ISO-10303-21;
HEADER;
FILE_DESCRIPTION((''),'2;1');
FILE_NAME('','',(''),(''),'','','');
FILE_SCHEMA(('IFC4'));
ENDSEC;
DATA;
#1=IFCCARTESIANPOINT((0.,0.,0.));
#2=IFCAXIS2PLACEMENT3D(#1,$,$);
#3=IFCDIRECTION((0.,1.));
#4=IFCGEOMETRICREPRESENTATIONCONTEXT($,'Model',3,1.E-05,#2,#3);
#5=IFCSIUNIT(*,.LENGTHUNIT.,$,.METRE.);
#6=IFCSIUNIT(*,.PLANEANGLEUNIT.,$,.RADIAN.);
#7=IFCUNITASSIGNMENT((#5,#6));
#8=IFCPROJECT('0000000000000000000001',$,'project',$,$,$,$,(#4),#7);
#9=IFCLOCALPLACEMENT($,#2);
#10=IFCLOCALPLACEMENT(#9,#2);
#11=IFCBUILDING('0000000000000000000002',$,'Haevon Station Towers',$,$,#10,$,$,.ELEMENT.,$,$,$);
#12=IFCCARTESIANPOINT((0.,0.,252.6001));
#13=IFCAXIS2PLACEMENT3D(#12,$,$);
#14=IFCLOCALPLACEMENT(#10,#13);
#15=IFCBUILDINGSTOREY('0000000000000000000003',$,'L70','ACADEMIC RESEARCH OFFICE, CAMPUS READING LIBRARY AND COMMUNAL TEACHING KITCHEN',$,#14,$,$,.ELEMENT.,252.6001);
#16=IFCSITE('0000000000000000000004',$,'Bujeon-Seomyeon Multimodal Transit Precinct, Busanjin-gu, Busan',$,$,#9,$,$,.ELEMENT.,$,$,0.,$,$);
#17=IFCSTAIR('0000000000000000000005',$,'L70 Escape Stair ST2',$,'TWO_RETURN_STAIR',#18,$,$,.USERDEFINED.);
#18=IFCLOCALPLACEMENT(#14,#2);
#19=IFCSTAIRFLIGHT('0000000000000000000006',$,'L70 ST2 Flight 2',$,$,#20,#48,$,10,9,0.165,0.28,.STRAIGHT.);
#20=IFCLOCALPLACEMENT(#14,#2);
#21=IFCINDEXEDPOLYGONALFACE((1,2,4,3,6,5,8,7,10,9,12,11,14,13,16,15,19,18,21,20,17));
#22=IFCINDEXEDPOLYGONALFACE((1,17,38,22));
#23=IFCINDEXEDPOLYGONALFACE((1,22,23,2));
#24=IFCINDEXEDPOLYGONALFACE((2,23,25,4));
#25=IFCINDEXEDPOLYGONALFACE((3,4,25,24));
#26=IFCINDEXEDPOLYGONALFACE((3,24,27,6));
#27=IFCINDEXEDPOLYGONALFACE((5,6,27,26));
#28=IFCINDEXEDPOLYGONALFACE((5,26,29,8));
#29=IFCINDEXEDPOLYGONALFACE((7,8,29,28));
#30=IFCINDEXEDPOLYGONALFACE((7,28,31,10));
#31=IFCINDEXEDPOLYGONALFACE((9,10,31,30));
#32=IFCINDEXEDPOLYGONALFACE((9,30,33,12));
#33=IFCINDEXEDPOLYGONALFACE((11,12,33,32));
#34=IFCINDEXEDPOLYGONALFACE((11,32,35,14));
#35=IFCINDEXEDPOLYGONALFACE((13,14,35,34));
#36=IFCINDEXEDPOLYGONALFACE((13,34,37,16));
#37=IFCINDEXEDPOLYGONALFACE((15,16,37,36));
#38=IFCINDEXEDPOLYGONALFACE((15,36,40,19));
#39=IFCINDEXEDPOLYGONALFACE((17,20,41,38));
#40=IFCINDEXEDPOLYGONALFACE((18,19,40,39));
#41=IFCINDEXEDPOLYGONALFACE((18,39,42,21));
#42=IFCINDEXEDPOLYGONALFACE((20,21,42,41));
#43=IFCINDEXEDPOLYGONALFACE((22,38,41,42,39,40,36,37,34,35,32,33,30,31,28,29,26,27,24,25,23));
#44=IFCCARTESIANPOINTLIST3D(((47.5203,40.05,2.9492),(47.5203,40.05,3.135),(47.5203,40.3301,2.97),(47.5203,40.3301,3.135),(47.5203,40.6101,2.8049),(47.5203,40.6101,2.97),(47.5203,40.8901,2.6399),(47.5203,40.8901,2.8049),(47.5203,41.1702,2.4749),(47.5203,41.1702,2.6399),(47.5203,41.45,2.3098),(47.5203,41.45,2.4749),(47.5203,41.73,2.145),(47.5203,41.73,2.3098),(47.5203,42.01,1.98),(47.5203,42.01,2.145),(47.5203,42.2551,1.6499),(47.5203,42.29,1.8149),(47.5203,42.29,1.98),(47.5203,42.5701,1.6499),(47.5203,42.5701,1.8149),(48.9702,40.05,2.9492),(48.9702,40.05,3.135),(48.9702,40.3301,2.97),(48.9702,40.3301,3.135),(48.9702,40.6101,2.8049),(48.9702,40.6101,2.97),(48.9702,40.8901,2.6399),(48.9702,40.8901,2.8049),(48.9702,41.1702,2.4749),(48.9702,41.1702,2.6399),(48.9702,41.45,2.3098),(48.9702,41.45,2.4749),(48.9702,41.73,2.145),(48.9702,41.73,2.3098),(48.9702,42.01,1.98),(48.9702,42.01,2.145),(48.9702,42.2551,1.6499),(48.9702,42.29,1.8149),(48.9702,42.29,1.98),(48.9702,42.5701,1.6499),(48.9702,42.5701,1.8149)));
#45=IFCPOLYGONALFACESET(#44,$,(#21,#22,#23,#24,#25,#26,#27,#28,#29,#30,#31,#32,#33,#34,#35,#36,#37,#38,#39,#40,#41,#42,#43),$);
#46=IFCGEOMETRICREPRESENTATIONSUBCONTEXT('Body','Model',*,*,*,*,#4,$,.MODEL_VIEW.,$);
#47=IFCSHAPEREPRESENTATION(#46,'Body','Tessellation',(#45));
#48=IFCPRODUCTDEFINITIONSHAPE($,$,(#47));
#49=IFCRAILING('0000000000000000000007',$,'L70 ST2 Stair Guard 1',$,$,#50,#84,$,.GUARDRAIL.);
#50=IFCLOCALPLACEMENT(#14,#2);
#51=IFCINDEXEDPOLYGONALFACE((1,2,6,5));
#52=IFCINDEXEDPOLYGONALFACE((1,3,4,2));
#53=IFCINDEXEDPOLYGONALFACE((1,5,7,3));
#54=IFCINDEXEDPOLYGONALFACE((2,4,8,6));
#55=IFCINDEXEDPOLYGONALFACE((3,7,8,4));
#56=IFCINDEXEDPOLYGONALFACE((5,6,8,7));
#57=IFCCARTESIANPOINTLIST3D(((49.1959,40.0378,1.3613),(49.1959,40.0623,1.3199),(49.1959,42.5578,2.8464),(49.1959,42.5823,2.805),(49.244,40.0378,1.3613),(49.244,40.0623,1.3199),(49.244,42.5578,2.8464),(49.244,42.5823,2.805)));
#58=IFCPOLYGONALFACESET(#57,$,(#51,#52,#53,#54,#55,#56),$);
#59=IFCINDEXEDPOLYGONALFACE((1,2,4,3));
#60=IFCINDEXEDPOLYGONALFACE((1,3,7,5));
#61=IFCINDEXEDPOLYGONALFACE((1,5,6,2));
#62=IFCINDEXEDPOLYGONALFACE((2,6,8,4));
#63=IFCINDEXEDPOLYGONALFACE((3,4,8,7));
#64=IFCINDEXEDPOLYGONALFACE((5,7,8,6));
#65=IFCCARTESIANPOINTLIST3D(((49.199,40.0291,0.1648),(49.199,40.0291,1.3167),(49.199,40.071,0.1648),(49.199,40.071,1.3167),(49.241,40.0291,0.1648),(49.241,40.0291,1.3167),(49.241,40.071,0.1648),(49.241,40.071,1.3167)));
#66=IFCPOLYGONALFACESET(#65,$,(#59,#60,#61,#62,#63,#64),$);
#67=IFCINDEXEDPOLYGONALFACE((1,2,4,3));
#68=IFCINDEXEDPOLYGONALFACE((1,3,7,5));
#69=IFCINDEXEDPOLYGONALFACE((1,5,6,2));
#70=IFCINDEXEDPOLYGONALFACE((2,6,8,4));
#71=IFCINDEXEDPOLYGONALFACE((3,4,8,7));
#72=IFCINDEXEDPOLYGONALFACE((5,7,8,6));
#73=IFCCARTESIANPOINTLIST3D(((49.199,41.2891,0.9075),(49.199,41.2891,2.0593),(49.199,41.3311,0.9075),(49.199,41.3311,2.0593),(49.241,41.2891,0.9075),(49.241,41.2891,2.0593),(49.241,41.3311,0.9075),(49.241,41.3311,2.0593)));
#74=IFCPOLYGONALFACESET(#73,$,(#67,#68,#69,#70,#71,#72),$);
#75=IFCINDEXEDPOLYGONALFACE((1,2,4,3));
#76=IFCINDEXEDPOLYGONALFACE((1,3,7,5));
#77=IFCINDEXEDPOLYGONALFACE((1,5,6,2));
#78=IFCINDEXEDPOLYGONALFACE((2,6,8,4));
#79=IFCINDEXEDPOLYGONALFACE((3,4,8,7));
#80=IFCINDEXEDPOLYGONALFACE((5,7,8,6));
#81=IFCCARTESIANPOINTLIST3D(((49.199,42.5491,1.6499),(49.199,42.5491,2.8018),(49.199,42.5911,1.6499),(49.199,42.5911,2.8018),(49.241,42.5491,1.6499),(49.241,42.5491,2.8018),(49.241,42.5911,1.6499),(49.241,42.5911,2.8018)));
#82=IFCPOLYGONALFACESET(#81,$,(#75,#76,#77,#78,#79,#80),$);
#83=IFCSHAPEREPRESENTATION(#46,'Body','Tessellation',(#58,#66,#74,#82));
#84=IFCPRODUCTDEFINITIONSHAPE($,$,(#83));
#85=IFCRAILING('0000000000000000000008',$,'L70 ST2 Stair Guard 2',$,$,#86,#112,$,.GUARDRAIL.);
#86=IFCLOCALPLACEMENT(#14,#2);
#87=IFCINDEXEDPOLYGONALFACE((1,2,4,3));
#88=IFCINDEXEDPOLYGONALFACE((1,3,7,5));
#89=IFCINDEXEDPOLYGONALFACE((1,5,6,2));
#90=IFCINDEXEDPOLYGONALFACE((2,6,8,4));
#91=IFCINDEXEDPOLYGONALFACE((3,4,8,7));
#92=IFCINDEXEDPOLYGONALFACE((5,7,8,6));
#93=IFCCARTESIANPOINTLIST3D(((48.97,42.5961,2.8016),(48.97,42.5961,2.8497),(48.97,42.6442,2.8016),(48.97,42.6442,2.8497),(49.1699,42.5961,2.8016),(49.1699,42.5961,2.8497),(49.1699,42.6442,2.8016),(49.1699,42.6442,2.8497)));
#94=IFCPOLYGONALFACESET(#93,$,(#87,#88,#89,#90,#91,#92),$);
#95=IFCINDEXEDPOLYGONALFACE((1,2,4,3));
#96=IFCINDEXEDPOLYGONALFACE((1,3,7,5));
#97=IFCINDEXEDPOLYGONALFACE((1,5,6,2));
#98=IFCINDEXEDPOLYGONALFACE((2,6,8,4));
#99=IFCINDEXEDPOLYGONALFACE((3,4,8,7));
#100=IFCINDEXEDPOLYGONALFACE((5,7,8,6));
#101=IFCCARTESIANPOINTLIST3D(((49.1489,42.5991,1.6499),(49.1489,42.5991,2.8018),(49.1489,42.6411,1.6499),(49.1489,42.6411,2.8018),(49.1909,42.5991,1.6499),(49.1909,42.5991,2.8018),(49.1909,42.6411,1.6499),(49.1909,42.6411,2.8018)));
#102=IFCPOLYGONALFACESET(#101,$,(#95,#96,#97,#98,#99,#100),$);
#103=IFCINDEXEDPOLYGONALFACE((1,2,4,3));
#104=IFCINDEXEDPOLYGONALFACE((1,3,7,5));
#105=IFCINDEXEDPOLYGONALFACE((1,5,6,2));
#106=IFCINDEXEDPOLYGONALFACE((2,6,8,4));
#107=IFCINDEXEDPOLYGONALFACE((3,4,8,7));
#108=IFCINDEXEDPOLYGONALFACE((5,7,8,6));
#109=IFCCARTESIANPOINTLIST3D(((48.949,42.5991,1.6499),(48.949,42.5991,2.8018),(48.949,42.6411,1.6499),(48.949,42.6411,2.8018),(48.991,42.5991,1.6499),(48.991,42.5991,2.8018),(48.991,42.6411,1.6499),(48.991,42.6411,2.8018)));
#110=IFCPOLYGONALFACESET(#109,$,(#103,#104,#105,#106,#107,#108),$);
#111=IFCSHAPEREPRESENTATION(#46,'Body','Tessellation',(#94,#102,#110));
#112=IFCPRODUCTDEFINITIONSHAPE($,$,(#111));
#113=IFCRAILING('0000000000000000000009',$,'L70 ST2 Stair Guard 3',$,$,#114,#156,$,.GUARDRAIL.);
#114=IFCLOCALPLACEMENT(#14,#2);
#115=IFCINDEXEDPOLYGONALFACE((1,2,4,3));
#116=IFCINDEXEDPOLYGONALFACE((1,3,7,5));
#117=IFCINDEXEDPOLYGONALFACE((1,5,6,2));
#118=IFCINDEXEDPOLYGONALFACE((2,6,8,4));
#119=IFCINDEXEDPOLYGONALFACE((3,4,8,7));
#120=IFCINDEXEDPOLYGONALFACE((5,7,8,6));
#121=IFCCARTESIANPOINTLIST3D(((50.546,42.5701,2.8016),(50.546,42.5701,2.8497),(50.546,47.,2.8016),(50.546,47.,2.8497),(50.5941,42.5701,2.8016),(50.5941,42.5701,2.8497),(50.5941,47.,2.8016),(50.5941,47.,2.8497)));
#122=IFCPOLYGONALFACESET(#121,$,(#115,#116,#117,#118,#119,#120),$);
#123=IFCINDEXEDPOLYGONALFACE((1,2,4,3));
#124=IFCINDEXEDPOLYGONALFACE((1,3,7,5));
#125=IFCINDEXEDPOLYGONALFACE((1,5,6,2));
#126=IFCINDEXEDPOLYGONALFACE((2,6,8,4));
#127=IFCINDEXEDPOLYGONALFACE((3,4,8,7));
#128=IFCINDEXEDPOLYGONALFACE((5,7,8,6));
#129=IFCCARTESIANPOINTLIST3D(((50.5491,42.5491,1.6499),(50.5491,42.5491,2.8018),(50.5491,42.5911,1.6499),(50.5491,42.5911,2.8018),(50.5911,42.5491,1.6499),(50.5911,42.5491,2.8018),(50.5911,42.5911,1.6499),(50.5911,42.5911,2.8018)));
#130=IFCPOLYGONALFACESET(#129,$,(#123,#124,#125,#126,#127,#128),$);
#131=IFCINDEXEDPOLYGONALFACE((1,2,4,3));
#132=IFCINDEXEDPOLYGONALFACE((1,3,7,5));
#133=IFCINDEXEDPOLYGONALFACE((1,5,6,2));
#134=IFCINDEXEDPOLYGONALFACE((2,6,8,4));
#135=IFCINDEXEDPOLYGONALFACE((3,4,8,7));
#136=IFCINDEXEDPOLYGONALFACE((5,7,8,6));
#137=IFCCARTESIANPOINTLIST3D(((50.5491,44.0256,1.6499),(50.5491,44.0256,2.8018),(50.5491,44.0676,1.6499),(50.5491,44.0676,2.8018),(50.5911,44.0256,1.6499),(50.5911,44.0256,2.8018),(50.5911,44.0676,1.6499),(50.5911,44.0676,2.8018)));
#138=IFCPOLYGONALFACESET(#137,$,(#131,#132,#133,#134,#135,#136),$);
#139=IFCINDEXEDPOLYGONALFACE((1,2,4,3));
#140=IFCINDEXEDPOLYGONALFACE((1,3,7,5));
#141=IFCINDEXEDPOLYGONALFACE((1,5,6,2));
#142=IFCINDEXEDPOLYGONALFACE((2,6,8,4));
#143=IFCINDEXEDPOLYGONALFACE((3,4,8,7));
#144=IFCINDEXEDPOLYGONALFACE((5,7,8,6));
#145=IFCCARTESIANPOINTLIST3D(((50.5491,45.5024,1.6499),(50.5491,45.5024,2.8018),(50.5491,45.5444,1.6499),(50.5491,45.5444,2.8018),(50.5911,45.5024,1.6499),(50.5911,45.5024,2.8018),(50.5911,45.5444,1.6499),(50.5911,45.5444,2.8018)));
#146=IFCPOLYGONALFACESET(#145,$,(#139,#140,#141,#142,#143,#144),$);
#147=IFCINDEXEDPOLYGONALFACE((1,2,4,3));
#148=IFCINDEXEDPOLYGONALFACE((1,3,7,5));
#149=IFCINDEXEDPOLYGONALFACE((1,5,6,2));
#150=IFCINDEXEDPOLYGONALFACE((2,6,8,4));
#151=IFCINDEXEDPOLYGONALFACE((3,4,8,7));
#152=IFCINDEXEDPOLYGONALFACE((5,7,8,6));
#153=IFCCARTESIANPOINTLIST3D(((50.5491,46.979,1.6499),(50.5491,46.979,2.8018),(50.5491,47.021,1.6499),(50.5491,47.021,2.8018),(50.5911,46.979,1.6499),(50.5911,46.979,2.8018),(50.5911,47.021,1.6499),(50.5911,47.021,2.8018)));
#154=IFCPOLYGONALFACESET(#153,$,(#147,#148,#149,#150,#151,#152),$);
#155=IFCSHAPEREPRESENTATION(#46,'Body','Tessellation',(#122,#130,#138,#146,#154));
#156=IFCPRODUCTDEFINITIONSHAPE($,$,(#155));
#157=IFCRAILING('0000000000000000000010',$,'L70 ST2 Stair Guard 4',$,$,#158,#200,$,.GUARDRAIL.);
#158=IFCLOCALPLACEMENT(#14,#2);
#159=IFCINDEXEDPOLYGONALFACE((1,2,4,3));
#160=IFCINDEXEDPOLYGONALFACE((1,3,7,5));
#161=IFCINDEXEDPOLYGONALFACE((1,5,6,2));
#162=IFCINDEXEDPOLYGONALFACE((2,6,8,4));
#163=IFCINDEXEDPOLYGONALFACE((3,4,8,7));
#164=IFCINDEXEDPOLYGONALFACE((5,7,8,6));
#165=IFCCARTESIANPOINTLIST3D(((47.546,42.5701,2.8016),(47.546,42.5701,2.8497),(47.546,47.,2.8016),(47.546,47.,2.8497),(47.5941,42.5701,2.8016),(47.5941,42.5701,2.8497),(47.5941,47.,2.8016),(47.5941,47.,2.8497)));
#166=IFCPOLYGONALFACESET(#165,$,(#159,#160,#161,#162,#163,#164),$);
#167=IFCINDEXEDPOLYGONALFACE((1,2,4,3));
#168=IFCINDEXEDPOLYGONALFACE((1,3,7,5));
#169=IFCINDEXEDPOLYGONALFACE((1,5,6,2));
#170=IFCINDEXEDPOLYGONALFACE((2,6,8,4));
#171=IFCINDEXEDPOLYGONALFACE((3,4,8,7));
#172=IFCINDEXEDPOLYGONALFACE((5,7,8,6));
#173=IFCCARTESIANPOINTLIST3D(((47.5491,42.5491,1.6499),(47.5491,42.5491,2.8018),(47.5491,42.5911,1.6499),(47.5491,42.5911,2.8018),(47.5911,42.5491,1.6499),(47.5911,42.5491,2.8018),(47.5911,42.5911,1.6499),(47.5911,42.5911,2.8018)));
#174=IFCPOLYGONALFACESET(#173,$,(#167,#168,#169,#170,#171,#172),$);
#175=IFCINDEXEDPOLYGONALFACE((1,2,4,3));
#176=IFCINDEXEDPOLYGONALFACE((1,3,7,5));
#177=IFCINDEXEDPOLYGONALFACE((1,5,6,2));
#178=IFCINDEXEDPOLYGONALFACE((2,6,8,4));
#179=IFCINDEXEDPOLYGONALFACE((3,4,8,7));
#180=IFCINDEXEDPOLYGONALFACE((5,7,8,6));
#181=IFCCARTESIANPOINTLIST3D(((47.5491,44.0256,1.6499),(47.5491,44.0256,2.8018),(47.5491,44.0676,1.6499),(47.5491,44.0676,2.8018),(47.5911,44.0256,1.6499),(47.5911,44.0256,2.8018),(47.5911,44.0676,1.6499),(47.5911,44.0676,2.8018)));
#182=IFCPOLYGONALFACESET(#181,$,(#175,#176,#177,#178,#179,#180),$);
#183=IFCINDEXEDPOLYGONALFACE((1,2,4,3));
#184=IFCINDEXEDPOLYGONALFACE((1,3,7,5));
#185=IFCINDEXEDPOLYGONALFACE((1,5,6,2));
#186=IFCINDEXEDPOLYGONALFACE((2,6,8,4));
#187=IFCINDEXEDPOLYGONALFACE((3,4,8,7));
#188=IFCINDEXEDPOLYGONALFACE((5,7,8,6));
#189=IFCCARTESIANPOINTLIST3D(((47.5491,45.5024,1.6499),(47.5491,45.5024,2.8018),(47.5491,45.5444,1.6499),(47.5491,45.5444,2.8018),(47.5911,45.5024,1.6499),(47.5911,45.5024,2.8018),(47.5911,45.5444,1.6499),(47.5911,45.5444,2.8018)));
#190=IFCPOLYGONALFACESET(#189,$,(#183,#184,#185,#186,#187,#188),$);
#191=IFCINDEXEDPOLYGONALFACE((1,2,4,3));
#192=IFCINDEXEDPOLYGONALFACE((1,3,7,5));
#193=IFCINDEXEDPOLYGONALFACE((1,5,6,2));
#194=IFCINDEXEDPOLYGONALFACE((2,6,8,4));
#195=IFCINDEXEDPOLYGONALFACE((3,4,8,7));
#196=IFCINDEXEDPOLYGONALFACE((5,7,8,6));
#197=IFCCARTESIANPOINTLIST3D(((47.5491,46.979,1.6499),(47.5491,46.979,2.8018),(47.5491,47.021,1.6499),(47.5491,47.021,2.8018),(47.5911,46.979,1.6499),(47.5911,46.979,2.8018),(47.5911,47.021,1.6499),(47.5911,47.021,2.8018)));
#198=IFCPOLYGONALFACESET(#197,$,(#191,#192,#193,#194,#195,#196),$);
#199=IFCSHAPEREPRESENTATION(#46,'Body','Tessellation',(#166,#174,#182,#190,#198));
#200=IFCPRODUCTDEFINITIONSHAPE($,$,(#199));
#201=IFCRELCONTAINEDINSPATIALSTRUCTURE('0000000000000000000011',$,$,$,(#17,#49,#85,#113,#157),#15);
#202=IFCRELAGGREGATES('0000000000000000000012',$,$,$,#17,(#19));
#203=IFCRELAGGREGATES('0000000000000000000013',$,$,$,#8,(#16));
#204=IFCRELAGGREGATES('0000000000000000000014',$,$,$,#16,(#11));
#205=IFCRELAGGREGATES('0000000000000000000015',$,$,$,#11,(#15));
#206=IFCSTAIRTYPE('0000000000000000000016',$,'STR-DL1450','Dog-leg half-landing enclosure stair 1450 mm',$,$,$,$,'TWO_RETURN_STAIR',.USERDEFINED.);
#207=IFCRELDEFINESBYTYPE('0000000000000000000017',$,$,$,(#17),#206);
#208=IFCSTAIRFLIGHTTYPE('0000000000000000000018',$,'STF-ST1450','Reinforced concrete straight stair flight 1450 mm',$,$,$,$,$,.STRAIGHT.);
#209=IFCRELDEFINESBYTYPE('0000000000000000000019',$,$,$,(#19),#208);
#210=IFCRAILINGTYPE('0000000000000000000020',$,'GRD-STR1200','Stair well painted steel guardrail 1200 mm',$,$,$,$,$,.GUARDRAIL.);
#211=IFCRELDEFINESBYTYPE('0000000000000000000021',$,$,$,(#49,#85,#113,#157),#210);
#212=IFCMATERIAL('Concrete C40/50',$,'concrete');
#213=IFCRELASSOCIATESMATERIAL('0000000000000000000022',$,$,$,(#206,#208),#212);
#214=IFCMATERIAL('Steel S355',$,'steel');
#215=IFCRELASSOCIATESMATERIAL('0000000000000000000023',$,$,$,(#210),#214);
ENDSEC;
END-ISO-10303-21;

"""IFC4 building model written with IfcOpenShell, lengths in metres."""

from ifc_helpers import new_model, si_unit, direction, frame, origin, origin_2d, place, context, subcontext, project, spatial, polyline, rectangle, outline, extrude, material, type_object, element, aggregate, save


model = new_model("IFC4")

# Units and contexts
model_context = context("Model", 3, precision=1e-05, world=origin(), true_north=direction((0.0, 1.0)))
body_context = subcontext(model_context, "Body", "Model", "MODEL_VIEW")
ifc_project = project(units=[si_unit("LENGTHUNIT", "METRE"), si_unit("PLANEANGLEUNIT", "RADIAN")], contexts=[model_context])

# Site, building, storey
site_placement = place(None, origin())
site = spatial("IfcSite", under=ifc_project, at=site_placement, Name="Bujeon-Seomyeon Multimodal Transit Precinct, Busanjin-gu, Busan", CompositionType="ELEMENT", RefElevation=0.0)
building_placement = place(site_placement, origin())
building = spatial("IfcBuilding", under=site, at=building_placement, Name="Haevon Station Towers", CompositionType="ELEMENT")
storey_placement = place(building_placement, frame((0.0, 0.0, 252.6001)))
storey = spatial("IfcBuildingStorey", under=building, at=storey_placement, Name="L70", Description="ACADEMIC RESEARCH OFFICE, CAMPUS READING LIBRARY AND COMMUNAL TEACHING KITCHEN", CompositionType="ELEMENT", Elevation=252.6001)

# Shared definitions
ifc_material_1 = material(Name="Steel S355", Category="steel")

# Stair, stair flight
ifc_material_2 = material(Name="Concrete C40/50", Category="concrete")
stair_type = type_object("IfcStairType", Name="STR-DL1450", Description="Dog-leg half-landing enclosure stair 1450 mm", ElementType="TWO_RETURN_STAIR", PredefinedType="USERDEFINED", material=ifc_material_2)
stair_placement = place(storey_placement, origin())
stair = element("IfcStair", 1, at=stair_placement, inside=storey, type_object=stair_type, Name="L70 Escape Stair ST2", ObjectType="TWO_RETURN_STAIR", PredefinedType="USERDEFINED")
stair_flight_type = type_object("IfcStairFlightType", Name="STF-ST1450", Description="Reinforced concrete straight stair flight 1450 mm", PredefinedType="STRAIGHT", material=ifc_material_2)
stair_flight_1_placement = place(storey_placement, frame((48.2451, 42.5701, 1.6499), z_axis=(0.0, 0.0, 1.0), x_axis=(0.0, -1.0, 0.0)))
stair_flight_1 = element("IfcStairFlight", 2, at=stair_flight_1_placement, type_object=stair_flight_type, Name="L70 ST2 Flight 2", NumberOfRisers=10, NumberOfTreads=9, PredefinedType="STRAIGHT", RiserHeight=0.165, TreadLength=0.28, context=body_context, shape_type="SweptSolid", body=[
    extrude(outline(polyline([(0.0, 0.0), (0.0, 0.165), (0.28, 0.165), (0.28, 0.3301), (0.5601, 0.3301), (0.5601, 0.4951), (0.8401, 0.4951), (0.8401, 0.6599), (1.1201, 0.6599), (1.1201, 0.825), (1.3999, 0.825), (1.3999, 0.99), (1.6799, 0.99), (1.6799, 1.155), (1.96, 1.155), (1.96, 1.3201), (2.24, 1.3201), (2.24, 1.4851), (2.52, 1.4851), (2.52, 1.6499), (2.52, 1.2993), (0.3149, 0.0), (0.0, 0.0)])), frame((0.0, 0.7251, 0.0), z_axis=(0.0, -1.0, 0.0), x_axis=(1.0, 0.0, 0.0)), (0.0, 0.0, 1.0), 1.45),
])
aggregate(stair, [stair_flight_1])

# Railings
railing_type_1 = type_object("IfcRailingType", Name="GRD-STR1200", Description="Stair well painted steel guardrail 1200 mm", PredefinedType="GUARDRAIL", material=ifc_material_1)
railing_1_placement = place(storey_placement, frame((49.22, 40.05, 0.1648)))
element("IfcRailing", 3, at=railing_1_placement, inside=storey, type_object=railing_type_1, Name="L70 ST2 Stair Guard 1", PredefinedType="GUARDRAIL", context=body_context, shape_type="SweptSolid", body=[
    extrude(rectangle(XDim=0.0481, YDim=0.0481, at=origin_2d()), frame((0.0, 0.0, 1.1758), z_axis=(0.0, 0.861524, 0.507717), x_axis=(-1.0, 0.0, 0.0)), (0.0, 0.0, 1.0), 2.925),
    extrude(rectangle(XDim=0.042, YDim=0.042, at=origin_2d()), origin(), (0.0, 0.0, 1.0), 1.1519),
    extrude(rectangle(XDim=0.042, YDim=0.042, at=origin_2d()), frame((0.0, 1.26, 0.7427)), (0.0, 0.0, 1.0), 1.1519),
    extrude(rectangle(XDim=0.042, YDim=0.042, at=origin_2d()), frame((0.0, 2.52, 1.4851)), (0.0, 0.0, 1.0), 1.1519),
])
railing_2_placement = place(storey_placement, frame((49.1699, 42.6201, 1.6499)))
element("IfcRailing", 4, at=railing_2_placement, inside=storey, type_object=railing_type_1, Name="L70 ST2 Stair Guard 2", PredefinedType="GUARDRAIL", context=body_context, shape_type="SweptSolid", body=[
    extrude(rectangle(XDim=0.0481, YDim=0.0481, at=origin_2d()), frame((0.0, 0.0, 1.1758), z_axis=(-1.0, 0.0, 0.0), x_axis=(0.0, -1.0, 0.0)), (0.0, 0.0, 1.0), 0.2),
    extrude(rectangle(XDim=0.042, YDim=0.042, at=origin_2d()), origin(), (0.0, 0.0, 1.0), 1.1519),
    extrude(rectangle(XDim=0.042, YDim=0.042, at=origin_2d()), frame((-0.2, 0.0, 0.0)), (0.0, 0.0, 1.0), 1.1519),
])
for number, where, name in (
    (5, (50.5701, 42.5701, 1.6499), "L70 ST2 Stair Guard 3"),
    (6, (47.5701, 42.5701, 1.6499), "L70 ST2 Stair Guard 4"),
):
    element("IfcRailing", number, at=place(storey_placement, frame(where)), inside=storey, type_object=railing_type_1, Name=name, PredefinedType="GUARDRAIL", context=body_context, shape_type="SweptSolid", body=[
        extrude(rectangle(XDim=0.0481, YDim=0.0481, at=origin_2d()), frame((0.0, 0.0, 1.1758), z_axis=(0.0, 1.0, 0.0), x_axis=(-1.0, 0.0, 0.0)), (0.0, 0.0, 1.0), 4.4299),
        extrude(rectangle(XDim=0.042, YDim=0.042, at=origin_2d()), origin(), (0.0, 0.0, 1.0), 1.1519),
        extrude(rectangle(XDim=0.042, YDim=0.042, at=origin_2d()), frame((0.0, 1.4766, 0.0)), (0.0, 0.0, 1.0), 1.1519),
        extrude(rectangle(XDim=0.042, YDim=0.042, at=origin_2d()), frame((0.0, 2.9534, 0.0)), (0.0, 0.0, 1.0), 1.1519),
        extrude(rectangle(XDim=0.042, YDim=0.042, at=origin_2d()), frame((0.0, 4.4299, 0.0)), (0.0, 0.0, 1.0), 1.1519),
    ])

save(model, "model.ifc")
